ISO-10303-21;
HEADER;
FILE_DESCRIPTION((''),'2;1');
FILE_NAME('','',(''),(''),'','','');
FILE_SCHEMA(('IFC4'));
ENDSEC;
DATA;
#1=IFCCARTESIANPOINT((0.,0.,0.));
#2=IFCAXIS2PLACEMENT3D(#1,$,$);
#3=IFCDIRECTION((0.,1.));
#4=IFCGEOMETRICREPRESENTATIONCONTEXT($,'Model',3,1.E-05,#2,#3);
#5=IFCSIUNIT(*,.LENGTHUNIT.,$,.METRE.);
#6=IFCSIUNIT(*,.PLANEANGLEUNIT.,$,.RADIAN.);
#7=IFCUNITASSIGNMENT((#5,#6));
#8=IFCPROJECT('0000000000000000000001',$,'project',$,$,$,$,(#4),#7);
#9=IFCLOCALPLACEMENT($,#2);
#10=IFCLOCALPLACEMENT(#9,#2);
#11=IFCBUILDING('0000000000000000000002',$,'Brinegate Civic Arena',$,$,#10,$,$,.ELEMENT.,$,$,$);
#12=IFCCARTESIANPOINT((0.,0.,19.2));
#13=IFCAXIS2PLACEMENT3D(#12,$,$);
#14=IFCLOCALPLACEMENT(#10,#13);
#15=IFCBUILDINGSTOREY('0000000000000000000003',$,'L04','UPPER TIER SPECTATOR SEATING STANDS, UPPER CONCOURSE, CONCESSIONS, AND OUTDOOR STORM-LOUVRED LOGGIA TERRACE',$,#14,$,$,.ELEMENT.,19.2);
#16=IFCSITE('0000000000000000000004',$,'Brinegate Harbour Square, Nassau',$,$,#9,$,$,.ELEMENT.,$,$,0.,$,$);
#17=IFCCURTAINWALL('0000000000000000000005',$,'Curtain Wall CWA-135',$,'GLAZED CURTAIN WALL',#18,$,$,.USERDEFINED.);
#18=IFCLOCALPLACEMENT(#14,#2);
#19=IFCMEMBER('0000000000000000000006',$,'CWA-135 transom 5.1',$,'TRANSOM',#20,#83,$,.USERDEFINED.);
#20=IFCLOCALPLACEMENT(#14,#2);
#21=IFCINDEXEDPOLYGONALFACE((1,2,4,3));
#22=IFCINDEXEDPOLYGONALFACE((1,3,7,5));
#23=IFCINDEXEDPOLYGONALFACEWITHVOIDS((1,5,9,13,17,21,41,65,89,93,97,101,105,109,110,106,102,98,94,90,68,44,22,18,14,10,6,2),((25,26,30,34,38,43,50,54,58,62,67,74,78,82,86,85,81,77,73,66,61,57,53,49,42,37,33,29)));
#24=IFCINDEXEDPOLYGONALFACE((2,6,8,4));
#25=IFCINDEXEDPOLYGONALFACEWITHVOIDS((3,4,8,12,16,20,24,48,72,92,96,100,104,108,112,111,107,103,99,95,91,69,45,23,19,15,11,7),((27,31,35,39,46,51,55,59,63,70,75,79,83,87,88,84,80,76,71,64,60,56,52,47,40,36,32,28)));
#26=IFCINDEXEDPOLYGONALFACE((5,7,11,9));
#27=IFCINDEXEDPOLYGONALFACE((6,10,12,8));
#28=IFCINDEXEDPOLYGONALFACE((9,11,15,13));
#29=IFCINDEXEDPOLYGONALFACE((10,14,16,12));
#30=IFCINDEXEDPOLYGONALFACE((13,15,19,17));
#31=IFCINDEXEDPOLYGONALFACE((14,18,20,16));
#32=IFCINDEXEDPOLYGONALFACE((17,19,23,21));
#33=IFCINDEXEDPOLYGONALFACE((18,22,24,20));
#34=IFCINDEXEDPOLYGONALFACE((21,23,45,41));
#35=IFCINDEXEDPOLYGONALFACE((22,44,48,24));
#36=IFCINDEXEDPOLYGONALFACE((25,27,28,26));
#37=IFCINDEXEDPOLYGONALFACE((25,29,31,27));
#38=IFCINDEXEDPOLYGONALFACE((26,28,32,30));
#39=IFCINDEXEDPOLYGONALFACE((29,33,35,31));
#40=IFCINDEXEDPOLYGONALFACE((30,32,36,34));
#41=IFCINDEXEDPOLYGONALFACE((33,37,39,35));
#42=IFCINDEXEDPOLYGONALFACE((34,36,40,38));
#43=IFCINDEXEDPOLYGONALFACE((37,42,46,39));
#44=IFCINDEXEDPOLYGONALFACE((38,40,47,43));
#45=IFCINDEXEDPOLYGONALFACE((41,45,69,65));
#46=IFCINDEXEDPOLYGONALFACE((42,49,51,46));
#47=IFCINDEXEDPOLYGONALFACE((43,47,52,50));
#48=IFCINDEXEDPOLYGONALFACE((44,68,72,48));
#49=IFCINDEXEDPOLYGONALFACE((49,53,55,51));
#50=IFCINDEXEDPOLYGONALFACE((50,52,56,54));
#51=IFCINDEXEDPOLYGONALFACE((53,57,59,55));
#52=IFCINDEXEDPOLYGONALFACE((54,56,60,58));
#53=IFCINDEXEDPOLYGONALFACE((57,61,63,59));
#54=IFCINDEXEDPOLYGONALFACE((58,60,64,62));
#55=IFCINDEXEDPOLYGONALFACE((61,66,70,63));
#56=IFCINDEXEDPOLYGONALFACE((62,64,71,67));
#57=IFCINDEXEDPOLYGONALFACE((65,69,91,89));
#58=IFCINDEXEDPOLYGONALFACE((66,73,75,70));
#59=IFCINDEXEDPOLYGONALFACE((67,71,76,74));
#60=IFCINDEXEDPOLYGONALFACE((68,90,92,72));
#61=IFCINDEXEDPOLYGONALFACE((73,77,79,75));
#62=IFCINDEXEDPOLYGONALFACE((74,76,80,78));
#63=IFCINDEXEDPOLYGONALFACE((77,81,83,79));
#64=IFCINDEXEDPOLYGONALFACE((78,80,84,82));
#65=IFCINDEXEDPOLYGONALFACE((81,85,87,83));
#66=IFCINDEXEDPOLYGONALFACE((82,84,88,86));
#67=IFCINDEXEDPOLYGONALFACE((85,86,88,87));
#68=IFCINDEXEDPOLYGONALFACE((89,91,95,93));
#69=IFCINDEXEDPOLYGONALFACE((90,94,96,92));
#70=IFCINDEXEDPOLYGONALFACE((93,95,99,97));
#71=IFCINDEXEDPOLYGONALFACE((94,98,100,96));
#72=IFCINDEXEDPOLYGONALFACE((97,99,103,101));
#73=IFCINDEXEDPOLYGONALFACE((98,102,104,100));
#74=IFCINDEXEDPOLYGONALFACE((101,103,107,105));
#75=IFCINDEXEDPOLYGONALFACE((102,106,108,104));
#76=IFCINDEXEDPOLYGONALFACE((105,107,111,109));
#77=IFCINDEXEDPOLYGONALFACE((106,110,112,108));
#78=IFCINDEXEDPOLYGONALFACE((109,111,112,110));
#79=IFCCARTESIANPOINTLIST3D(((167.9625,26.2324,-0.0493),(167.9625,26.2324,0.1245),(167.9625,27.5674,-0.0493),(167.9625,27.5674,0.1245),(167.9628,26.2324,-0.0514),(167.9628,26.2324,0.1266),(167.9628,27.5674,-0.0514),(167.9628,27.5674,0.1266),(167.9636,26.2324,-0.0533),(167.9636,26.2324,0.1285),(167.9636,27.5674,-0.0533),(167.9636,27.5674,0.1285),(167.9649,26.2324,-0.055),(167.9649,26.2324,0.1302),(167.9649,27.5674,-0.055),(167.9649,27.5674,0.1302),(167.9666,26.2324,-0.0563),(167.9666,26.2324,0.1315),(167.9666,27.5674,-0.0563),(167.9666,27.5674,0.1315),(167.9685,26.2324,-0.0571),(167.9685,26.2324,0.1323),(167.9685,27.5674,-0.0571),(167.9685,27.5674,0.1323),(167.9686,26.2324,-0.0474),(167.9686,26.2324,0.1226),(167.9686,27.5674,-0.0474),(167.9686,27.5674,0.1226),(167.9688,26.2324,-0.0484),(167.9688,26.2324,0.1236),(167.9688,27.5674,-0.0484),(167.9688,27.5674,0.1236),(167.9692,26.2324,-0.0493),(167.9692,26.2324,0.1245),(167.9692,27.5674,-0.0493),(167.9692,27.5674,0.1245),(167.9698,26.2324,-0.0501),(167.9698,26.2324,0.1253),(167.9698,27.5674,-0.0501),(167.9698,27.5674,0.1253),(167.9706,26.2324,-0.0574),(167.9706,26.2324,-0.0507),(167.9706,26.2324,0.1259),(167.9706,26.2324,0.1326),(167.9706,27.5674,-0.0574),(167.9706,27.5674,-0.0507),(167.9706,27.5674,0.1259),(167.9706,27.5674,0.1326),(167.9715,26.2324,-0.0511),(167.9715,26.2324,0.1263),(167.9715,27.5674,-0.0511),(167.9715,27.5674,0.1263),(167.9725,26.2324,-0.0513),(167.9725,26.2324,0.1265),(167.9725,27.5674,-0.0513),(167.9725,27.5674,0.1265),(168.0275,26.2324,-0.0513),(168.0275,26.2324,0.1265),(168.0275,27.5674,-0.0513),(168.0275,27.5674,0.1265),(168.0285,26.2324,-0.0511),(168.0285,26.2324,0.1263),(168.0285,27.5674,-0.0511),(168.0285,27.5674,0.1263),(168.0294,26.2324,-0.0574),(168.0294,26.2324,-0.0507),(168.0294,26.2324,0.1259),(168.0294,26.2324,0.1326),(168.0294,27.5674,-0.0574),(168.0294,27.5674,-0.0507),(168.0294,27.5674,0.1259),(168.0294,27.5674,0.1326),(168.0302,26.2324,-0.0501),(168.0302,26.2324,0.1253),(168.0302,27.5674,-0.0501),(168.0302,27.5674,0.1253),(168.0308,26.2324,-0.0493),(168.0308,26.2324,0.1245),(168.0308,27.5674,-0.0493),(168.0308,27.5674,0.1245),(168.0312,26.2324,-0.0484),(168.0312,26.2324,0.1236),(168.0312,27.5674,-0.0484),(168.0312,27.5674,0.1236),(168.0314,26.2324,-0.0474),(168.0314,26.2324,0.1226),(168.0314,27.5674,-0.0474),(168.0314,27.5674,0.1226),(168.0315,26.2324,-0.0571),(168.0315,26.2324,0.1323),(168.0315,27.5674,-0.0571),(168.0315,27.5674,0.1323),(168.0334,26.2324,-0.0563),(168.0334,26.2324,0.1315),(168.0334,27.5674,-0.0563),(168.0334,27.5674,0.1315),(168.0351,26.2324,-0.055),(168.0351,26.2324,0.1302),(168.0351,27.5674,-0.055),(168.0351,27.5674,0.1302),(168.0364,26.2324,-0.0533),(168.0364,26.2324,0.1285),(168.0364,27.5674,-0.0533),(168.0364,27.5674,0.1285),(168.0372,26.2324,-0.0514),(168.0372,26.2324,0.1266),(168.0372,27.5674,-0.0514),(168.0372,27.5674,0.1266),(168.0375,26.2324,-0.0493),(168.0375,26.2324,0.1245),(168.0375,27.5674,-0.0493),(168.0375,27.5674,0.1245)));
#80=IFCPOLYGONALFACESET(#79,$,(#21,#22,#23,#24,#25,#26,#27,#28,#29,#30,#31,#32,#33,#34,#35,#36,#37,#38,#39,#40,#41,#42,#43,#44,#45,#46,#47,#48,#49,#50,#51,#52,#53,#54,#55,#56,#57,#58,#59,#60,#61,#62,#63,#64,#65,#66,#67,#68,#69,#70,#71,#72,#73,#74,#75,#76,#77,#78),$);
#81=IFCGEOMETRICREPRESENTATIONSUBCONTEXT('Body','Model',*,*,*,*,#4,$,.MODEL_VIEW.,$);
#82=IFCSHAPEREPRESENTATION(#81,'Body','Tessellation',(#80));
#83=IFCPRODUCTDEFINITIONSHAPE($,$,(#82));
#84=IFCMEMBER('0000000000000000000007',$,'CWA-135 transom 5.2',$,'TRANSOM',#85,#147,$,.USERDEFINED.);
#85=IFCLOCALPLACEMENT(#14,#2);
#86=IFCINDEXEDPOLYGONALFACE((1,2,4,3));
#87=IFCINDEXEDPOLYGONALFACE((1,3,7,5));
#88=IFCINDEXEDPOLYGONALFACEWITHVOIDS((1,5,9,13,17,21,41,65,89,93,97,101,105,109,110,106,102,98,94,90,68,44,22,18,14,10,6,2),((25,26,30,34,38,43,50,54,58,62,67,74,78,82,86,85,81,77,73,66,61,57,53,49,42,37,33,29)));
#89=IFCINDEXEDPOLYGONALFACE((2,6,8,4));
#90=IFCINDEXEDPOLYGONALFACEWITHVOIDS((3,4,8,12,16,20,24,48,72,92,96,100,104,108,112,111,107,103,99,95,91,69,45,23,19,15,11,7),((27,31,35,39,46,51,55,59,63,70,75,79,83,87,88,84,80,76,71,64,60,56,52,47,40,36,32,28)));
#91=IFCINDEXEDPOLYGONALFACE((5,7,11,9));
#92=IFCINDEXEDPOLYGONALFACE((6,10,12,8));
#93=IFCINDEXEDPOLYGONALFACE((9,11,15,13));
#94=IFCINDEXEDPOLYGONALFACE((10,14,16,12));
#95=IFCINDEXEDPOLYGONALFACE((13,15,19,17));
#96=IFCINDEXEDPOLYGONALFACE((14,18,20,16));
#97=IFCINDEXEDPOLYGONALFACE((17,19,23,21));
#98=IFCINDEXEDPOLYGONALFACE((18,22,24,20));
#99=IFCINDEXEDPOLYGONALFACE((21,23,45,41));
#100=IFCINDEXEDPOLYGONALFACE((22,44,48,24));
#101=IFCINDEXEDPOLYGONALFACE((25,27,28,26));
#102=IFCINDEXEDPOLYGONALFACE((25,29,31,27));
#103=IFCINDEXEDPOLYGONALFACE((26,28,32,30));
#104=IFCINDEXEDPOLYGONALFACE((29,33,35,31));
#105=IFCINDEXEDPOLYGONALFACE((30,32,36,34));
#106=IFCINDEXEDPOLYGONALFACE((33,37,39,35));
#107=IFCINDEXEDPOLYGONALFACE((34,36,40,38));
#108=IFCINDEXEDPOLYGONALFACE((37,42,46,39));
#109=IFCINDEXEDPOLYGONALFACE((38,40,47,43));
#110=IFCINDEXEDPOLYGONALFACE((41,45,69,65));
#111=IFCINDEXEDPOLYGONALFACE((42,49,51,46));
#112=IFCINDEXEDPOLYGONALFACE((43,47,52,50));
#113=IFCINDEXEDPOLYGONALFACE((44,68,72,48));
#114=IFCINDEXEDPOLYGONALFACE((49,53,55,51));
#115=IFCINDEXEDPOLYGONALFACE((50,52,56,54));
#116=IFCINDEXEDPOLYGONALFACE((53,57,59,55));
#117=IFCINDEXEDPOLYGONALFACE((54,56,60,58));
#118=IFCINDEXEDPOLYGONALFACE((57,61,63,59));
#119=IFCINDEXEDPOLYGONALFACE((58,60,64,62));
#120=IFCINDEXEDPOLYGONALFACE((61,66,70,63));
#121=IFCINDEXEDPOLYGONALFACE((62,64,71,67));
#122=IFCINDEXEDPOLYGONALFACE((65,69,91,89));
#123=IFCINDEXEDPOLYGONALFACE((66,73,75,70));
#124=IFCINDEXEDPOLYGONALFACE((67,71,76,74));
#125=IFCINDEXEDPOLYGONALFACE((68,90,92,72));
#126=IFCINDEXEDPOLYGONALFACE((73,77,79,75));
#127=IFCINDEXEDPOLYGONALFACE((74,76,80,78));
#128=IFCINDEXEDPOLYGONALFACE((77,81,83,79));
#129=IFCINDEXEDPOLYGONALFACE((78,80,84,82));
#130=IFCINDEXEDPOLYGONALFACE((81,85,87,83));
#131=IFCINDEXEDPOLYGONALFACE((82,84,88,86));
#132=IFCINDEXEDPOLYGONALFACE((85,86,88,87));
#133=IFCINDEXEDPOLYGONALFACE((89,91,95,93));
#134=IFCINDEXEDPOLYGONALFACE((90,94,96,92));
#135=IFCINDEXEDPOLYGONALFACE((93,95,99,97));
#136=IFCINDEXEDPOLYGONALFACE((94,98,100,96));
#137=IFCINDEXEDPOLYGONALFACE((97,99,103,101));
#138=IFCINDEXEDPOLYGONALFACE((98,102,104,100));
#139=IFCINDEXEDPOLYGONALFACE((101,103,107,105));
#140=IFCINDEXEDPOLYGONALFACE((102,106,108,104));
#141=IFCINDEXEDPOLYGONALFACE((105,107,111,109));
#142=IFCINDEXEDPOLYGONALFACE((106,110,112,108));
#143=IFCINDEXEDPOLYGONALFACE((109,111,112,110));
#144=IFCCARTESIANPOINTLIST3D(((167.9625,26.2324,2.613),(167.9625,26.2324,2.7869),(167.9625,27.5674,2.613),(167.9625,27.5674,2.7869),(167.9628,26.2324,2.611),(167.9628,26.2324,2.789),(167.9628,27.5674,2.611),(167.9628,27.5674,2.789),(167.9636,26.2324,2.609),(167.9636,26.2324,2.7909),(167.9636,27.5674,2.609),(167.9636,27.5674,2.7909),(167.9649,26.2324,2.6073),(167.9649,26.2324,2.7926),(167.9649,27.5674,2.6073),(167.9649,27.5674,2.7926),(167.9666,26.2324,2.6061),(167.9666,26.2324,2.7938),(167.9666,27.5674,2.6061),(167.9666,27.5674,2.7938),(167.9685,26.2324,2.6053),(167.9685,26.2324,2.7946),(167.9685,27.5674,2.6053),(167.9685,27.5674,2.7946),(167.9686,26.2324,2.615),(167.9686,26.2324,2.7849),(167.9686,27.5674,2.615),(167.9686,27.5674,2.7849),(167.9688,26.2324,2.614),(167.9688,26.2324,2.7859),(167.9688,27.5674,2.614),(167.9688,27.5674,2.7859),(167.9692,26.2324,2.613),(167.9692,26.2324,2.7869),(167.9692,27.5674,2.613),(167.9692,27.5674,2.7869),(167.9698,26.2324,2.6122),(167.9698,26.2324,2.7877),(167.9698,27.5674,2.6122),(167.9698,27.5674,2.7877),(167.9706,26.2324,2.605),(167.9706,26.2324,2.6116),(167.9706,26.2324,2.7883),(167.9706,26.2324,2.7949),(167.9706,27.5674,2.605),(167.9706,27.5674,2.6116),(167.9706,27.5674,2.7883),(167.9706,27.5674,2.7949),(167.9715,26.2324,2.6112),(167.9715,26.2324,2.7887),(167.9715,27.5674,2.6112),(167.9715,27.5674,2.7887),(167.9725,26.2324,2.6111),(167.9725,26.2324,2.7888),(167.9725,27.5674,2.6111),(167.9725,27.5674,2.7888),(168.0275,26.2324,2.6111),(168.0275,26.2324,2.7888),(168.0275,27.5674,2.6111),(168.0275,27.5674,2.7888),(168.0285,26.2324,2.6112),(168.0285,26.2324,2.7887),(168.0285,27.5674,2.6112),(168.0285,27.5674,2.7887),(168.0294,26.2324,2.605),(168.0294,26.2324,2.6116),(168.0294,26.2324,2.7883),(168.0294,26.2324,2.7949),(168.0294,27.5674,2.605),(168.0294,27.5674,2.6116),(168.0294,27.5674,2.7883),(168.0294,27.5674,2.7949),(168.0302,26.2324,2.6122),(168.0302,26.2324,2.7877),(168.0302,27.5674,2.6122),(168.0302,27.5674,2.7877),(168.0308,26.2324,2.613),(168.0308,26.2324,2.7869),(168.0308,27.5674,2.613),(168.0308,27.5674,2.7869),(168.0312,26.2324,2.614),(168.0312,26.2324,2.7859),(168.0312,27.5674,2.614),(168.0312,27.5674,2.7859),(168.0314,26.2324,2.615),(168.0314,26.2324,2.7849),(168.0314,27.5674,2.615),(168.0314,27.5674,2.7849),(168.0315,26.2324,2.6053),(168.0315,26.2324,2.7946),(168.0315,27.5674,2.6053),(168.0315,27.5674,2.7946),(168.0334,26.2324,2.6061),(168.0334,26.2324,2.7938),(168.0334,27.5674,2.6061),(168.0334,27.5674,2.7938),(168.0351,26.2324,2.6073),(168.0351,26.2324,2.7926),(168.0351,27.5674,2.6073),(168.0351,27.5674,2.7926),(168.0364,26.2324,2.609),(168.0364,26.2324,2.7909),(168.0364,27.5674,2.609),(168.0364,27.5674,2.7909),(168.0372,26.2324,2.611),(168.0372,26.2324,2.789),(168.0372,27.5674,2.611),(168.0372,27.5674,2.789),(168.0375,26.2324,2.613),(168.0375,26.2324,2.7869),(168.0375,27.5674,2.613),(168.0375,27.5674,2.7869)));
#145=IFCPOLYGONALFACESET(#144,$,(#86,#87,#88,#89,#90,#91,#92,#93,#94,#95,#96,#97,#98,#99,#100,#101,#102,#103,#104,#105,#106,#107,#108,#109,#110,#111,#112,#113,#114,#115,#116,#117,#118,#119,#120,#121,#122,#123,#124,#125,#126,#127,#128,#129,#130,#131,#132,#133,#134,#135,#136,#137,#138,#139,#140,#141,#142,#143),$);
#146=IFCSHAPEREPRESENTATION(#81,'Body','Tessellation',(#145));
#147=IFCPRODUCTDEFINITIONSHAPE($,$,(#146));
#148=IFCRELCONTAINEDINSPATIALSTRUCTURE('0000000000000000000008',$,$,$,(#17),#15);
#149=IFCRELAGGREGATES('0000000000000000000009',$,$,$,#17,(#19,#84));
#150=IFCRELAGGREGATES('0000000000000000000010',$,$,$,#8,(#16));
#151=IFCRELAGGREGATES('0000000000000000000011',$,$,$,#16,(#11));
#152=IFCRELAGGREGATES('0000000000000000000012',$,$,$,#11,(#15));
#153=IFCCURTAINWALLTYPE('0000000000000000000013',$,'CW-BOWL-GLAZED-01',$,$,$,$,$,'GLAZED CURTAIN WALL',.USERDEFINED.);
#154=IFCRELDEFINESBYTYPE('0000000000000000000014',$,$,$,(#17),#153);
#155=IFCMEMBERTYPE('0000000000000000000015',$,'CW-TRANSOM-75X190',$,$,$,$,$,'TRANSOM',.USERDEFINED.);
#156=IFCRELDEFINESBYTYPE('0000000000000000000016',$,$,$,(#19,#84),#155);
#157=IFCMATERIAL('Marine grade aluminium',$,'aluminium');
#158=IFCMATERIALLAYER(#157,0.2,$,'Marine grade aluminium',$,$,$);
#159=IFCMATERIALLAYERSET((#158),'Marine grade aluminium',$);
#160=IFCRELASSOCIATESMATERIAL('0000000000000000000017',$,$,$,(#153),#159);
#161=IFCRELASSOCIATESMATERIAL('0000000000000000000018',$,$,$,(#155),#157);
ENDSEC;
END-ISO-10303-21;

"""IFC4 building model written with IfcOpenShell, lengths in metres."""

from ifc_helpers import new_model, si_unit, direction, frame, origin, origin_2d, place, context, subcontext, project, spatial, hollow_rectangle, extrude, material, layer, layer_set, material_profile, profile_set, type_object, element, aggregate, save


model = new_model("IFC4")

# Units and contexts
model_context = context("Model", 3, precision=1e-05, world=origin(), true_north=direction((0.0, 1.0)))
body_context = subcontext(model_context, "Body", "Model", "MODEL_VIEW")
ifc_project = project(units=[si_unit("LENGTHUNIT", "METRE"), si_unit("PLANEANGLEUNIT", "RADIAN")], contexts=[model_context])

# Site, building, storey
site_placement = place(None, origin())
site = spatial("IfcSite", under=ifc_project, at=site_placement, Name="Brinegate Harbour Square, Nassau", CompositionType="ELEMENT", RefElevation=0.0)
building_placement = place(site_placement, origin())
building = spatial("IfcBuilding", under=site, at=building_placement, Name="Brinegate Civic Arena", CompositionType="ELEMENT")
storey_placement = place(building_placement, frame((0.0, 0.0, 19.2)))
storey = spatial("IfcBuildingStorey", under=building, at=storey_placement, Name="L04", Description="UPPER TIER SPECTATOR SEATING STANDS, UPPER CONCOURSE, CONCESSIONS, AND OUTDOOR STORM-LOUVRED LOGGIA TERRACE", CompositionType="ELEMENT", Elevation=19.2)

# Curtain wall, members
ifc_material_1 = material(Name="Marine grade aluminium", Category="aluminium")
ifc_layer_1 = layer(ifc_material_1, 0.2, Name="Marine grade aluminium")
ifc_layer_set_1 = layer_set([ifc_layer_1], Name="Marine grade aluminium")
curtain_wall_type = type_object("IfcCurtainWallType", Name="CW-BOWL-GLAZED-01", ElementType="GLAZED CURTAIN WALL", PredefinedType="USERDEFINED", material=ifc_layer_set_1)
curtain_wall_placement = place(storey_placement, origin())
curtain_wall = element("IfcCurtainWall", 1, at=curtain_wall_placement, inside=storey, type_object=curtain_wall_type, Name="Curtain Wall CWA-135", ObjectType="GLAZED CURTAIN WALL", PredefinedType="USERDEFINED")
ifc_material_profile_1 = material_profile(ifc_material_1, hollow_rectangle(XDim=0.075, YDim=0.1899, WallThickness=0.0061, InnerFilletRadius=0.0039, OuterFilletRadius=0.0081, at=origin_2d()), Name="TRN75X190")
ifc_profile_set_1 = profile_set([ifc_material_profile_1], Name="Marine grade aluminium")
member_type_1 = type_object("IfcMemberType", Name="CW-TRANSOM-75X190", ElementType="TRANSOM", PredefinedType="USERDEFINED", material=ifc_profile_set_1)
member_1_placement = place(storey_placement, frame((168.0, 26.2324, 0.0376), z_axis=(0.0, 1.0, 0.0), x_axis=(-1.0, 0.0, 0.0)))
member_1 = element("IfcMember", 2, at=member_1_placement, type_object=member_type_1, Name="CWA-135 transom 5.1", ObjectType="TRANSOM", PredefinedType="USERDEFINED", context=body_context, shape_type="SweptSolid", body=[
    extrude(hollow_rectangle(XDim=0.075, YDim=0.1899, WallThickness=0.0061, InnerFilletRadius=0.0039, OuterFilletRadius=0.0081, at=origin_2d()), origin(), (0.0, 0.0, 1.0), 1.335),
])
member_2_placement = place(storey_placement, frame((168.0, 26.2324, 2.7), z_axis=(0.0, 1.0, 0.0), x_axis=(-1.0, 0.0, 0.0)))
member_2 = element("IfcMember", 3, at=member_2_placement, type_object=member_type_1, Name="CWA-135 transom 5.2", ObjectType="TRANSOM", PredefinedType="USERDEFINED", context=body_context, shape_type="SweptSolid", body=[
    extrude(hollow_rectangle(XDim=0.075, YDim=0.1899, WallThickness=0.0061, InnerFilletRadius=0.0039, OuterFilletRadius=0.0081, at=origin_2d()), origin(), (0.0, 0.0, 1.0), 1.335),
])

aggregate(curtain_wall, [member_1, member_2])

save(model, "model.ifc")
